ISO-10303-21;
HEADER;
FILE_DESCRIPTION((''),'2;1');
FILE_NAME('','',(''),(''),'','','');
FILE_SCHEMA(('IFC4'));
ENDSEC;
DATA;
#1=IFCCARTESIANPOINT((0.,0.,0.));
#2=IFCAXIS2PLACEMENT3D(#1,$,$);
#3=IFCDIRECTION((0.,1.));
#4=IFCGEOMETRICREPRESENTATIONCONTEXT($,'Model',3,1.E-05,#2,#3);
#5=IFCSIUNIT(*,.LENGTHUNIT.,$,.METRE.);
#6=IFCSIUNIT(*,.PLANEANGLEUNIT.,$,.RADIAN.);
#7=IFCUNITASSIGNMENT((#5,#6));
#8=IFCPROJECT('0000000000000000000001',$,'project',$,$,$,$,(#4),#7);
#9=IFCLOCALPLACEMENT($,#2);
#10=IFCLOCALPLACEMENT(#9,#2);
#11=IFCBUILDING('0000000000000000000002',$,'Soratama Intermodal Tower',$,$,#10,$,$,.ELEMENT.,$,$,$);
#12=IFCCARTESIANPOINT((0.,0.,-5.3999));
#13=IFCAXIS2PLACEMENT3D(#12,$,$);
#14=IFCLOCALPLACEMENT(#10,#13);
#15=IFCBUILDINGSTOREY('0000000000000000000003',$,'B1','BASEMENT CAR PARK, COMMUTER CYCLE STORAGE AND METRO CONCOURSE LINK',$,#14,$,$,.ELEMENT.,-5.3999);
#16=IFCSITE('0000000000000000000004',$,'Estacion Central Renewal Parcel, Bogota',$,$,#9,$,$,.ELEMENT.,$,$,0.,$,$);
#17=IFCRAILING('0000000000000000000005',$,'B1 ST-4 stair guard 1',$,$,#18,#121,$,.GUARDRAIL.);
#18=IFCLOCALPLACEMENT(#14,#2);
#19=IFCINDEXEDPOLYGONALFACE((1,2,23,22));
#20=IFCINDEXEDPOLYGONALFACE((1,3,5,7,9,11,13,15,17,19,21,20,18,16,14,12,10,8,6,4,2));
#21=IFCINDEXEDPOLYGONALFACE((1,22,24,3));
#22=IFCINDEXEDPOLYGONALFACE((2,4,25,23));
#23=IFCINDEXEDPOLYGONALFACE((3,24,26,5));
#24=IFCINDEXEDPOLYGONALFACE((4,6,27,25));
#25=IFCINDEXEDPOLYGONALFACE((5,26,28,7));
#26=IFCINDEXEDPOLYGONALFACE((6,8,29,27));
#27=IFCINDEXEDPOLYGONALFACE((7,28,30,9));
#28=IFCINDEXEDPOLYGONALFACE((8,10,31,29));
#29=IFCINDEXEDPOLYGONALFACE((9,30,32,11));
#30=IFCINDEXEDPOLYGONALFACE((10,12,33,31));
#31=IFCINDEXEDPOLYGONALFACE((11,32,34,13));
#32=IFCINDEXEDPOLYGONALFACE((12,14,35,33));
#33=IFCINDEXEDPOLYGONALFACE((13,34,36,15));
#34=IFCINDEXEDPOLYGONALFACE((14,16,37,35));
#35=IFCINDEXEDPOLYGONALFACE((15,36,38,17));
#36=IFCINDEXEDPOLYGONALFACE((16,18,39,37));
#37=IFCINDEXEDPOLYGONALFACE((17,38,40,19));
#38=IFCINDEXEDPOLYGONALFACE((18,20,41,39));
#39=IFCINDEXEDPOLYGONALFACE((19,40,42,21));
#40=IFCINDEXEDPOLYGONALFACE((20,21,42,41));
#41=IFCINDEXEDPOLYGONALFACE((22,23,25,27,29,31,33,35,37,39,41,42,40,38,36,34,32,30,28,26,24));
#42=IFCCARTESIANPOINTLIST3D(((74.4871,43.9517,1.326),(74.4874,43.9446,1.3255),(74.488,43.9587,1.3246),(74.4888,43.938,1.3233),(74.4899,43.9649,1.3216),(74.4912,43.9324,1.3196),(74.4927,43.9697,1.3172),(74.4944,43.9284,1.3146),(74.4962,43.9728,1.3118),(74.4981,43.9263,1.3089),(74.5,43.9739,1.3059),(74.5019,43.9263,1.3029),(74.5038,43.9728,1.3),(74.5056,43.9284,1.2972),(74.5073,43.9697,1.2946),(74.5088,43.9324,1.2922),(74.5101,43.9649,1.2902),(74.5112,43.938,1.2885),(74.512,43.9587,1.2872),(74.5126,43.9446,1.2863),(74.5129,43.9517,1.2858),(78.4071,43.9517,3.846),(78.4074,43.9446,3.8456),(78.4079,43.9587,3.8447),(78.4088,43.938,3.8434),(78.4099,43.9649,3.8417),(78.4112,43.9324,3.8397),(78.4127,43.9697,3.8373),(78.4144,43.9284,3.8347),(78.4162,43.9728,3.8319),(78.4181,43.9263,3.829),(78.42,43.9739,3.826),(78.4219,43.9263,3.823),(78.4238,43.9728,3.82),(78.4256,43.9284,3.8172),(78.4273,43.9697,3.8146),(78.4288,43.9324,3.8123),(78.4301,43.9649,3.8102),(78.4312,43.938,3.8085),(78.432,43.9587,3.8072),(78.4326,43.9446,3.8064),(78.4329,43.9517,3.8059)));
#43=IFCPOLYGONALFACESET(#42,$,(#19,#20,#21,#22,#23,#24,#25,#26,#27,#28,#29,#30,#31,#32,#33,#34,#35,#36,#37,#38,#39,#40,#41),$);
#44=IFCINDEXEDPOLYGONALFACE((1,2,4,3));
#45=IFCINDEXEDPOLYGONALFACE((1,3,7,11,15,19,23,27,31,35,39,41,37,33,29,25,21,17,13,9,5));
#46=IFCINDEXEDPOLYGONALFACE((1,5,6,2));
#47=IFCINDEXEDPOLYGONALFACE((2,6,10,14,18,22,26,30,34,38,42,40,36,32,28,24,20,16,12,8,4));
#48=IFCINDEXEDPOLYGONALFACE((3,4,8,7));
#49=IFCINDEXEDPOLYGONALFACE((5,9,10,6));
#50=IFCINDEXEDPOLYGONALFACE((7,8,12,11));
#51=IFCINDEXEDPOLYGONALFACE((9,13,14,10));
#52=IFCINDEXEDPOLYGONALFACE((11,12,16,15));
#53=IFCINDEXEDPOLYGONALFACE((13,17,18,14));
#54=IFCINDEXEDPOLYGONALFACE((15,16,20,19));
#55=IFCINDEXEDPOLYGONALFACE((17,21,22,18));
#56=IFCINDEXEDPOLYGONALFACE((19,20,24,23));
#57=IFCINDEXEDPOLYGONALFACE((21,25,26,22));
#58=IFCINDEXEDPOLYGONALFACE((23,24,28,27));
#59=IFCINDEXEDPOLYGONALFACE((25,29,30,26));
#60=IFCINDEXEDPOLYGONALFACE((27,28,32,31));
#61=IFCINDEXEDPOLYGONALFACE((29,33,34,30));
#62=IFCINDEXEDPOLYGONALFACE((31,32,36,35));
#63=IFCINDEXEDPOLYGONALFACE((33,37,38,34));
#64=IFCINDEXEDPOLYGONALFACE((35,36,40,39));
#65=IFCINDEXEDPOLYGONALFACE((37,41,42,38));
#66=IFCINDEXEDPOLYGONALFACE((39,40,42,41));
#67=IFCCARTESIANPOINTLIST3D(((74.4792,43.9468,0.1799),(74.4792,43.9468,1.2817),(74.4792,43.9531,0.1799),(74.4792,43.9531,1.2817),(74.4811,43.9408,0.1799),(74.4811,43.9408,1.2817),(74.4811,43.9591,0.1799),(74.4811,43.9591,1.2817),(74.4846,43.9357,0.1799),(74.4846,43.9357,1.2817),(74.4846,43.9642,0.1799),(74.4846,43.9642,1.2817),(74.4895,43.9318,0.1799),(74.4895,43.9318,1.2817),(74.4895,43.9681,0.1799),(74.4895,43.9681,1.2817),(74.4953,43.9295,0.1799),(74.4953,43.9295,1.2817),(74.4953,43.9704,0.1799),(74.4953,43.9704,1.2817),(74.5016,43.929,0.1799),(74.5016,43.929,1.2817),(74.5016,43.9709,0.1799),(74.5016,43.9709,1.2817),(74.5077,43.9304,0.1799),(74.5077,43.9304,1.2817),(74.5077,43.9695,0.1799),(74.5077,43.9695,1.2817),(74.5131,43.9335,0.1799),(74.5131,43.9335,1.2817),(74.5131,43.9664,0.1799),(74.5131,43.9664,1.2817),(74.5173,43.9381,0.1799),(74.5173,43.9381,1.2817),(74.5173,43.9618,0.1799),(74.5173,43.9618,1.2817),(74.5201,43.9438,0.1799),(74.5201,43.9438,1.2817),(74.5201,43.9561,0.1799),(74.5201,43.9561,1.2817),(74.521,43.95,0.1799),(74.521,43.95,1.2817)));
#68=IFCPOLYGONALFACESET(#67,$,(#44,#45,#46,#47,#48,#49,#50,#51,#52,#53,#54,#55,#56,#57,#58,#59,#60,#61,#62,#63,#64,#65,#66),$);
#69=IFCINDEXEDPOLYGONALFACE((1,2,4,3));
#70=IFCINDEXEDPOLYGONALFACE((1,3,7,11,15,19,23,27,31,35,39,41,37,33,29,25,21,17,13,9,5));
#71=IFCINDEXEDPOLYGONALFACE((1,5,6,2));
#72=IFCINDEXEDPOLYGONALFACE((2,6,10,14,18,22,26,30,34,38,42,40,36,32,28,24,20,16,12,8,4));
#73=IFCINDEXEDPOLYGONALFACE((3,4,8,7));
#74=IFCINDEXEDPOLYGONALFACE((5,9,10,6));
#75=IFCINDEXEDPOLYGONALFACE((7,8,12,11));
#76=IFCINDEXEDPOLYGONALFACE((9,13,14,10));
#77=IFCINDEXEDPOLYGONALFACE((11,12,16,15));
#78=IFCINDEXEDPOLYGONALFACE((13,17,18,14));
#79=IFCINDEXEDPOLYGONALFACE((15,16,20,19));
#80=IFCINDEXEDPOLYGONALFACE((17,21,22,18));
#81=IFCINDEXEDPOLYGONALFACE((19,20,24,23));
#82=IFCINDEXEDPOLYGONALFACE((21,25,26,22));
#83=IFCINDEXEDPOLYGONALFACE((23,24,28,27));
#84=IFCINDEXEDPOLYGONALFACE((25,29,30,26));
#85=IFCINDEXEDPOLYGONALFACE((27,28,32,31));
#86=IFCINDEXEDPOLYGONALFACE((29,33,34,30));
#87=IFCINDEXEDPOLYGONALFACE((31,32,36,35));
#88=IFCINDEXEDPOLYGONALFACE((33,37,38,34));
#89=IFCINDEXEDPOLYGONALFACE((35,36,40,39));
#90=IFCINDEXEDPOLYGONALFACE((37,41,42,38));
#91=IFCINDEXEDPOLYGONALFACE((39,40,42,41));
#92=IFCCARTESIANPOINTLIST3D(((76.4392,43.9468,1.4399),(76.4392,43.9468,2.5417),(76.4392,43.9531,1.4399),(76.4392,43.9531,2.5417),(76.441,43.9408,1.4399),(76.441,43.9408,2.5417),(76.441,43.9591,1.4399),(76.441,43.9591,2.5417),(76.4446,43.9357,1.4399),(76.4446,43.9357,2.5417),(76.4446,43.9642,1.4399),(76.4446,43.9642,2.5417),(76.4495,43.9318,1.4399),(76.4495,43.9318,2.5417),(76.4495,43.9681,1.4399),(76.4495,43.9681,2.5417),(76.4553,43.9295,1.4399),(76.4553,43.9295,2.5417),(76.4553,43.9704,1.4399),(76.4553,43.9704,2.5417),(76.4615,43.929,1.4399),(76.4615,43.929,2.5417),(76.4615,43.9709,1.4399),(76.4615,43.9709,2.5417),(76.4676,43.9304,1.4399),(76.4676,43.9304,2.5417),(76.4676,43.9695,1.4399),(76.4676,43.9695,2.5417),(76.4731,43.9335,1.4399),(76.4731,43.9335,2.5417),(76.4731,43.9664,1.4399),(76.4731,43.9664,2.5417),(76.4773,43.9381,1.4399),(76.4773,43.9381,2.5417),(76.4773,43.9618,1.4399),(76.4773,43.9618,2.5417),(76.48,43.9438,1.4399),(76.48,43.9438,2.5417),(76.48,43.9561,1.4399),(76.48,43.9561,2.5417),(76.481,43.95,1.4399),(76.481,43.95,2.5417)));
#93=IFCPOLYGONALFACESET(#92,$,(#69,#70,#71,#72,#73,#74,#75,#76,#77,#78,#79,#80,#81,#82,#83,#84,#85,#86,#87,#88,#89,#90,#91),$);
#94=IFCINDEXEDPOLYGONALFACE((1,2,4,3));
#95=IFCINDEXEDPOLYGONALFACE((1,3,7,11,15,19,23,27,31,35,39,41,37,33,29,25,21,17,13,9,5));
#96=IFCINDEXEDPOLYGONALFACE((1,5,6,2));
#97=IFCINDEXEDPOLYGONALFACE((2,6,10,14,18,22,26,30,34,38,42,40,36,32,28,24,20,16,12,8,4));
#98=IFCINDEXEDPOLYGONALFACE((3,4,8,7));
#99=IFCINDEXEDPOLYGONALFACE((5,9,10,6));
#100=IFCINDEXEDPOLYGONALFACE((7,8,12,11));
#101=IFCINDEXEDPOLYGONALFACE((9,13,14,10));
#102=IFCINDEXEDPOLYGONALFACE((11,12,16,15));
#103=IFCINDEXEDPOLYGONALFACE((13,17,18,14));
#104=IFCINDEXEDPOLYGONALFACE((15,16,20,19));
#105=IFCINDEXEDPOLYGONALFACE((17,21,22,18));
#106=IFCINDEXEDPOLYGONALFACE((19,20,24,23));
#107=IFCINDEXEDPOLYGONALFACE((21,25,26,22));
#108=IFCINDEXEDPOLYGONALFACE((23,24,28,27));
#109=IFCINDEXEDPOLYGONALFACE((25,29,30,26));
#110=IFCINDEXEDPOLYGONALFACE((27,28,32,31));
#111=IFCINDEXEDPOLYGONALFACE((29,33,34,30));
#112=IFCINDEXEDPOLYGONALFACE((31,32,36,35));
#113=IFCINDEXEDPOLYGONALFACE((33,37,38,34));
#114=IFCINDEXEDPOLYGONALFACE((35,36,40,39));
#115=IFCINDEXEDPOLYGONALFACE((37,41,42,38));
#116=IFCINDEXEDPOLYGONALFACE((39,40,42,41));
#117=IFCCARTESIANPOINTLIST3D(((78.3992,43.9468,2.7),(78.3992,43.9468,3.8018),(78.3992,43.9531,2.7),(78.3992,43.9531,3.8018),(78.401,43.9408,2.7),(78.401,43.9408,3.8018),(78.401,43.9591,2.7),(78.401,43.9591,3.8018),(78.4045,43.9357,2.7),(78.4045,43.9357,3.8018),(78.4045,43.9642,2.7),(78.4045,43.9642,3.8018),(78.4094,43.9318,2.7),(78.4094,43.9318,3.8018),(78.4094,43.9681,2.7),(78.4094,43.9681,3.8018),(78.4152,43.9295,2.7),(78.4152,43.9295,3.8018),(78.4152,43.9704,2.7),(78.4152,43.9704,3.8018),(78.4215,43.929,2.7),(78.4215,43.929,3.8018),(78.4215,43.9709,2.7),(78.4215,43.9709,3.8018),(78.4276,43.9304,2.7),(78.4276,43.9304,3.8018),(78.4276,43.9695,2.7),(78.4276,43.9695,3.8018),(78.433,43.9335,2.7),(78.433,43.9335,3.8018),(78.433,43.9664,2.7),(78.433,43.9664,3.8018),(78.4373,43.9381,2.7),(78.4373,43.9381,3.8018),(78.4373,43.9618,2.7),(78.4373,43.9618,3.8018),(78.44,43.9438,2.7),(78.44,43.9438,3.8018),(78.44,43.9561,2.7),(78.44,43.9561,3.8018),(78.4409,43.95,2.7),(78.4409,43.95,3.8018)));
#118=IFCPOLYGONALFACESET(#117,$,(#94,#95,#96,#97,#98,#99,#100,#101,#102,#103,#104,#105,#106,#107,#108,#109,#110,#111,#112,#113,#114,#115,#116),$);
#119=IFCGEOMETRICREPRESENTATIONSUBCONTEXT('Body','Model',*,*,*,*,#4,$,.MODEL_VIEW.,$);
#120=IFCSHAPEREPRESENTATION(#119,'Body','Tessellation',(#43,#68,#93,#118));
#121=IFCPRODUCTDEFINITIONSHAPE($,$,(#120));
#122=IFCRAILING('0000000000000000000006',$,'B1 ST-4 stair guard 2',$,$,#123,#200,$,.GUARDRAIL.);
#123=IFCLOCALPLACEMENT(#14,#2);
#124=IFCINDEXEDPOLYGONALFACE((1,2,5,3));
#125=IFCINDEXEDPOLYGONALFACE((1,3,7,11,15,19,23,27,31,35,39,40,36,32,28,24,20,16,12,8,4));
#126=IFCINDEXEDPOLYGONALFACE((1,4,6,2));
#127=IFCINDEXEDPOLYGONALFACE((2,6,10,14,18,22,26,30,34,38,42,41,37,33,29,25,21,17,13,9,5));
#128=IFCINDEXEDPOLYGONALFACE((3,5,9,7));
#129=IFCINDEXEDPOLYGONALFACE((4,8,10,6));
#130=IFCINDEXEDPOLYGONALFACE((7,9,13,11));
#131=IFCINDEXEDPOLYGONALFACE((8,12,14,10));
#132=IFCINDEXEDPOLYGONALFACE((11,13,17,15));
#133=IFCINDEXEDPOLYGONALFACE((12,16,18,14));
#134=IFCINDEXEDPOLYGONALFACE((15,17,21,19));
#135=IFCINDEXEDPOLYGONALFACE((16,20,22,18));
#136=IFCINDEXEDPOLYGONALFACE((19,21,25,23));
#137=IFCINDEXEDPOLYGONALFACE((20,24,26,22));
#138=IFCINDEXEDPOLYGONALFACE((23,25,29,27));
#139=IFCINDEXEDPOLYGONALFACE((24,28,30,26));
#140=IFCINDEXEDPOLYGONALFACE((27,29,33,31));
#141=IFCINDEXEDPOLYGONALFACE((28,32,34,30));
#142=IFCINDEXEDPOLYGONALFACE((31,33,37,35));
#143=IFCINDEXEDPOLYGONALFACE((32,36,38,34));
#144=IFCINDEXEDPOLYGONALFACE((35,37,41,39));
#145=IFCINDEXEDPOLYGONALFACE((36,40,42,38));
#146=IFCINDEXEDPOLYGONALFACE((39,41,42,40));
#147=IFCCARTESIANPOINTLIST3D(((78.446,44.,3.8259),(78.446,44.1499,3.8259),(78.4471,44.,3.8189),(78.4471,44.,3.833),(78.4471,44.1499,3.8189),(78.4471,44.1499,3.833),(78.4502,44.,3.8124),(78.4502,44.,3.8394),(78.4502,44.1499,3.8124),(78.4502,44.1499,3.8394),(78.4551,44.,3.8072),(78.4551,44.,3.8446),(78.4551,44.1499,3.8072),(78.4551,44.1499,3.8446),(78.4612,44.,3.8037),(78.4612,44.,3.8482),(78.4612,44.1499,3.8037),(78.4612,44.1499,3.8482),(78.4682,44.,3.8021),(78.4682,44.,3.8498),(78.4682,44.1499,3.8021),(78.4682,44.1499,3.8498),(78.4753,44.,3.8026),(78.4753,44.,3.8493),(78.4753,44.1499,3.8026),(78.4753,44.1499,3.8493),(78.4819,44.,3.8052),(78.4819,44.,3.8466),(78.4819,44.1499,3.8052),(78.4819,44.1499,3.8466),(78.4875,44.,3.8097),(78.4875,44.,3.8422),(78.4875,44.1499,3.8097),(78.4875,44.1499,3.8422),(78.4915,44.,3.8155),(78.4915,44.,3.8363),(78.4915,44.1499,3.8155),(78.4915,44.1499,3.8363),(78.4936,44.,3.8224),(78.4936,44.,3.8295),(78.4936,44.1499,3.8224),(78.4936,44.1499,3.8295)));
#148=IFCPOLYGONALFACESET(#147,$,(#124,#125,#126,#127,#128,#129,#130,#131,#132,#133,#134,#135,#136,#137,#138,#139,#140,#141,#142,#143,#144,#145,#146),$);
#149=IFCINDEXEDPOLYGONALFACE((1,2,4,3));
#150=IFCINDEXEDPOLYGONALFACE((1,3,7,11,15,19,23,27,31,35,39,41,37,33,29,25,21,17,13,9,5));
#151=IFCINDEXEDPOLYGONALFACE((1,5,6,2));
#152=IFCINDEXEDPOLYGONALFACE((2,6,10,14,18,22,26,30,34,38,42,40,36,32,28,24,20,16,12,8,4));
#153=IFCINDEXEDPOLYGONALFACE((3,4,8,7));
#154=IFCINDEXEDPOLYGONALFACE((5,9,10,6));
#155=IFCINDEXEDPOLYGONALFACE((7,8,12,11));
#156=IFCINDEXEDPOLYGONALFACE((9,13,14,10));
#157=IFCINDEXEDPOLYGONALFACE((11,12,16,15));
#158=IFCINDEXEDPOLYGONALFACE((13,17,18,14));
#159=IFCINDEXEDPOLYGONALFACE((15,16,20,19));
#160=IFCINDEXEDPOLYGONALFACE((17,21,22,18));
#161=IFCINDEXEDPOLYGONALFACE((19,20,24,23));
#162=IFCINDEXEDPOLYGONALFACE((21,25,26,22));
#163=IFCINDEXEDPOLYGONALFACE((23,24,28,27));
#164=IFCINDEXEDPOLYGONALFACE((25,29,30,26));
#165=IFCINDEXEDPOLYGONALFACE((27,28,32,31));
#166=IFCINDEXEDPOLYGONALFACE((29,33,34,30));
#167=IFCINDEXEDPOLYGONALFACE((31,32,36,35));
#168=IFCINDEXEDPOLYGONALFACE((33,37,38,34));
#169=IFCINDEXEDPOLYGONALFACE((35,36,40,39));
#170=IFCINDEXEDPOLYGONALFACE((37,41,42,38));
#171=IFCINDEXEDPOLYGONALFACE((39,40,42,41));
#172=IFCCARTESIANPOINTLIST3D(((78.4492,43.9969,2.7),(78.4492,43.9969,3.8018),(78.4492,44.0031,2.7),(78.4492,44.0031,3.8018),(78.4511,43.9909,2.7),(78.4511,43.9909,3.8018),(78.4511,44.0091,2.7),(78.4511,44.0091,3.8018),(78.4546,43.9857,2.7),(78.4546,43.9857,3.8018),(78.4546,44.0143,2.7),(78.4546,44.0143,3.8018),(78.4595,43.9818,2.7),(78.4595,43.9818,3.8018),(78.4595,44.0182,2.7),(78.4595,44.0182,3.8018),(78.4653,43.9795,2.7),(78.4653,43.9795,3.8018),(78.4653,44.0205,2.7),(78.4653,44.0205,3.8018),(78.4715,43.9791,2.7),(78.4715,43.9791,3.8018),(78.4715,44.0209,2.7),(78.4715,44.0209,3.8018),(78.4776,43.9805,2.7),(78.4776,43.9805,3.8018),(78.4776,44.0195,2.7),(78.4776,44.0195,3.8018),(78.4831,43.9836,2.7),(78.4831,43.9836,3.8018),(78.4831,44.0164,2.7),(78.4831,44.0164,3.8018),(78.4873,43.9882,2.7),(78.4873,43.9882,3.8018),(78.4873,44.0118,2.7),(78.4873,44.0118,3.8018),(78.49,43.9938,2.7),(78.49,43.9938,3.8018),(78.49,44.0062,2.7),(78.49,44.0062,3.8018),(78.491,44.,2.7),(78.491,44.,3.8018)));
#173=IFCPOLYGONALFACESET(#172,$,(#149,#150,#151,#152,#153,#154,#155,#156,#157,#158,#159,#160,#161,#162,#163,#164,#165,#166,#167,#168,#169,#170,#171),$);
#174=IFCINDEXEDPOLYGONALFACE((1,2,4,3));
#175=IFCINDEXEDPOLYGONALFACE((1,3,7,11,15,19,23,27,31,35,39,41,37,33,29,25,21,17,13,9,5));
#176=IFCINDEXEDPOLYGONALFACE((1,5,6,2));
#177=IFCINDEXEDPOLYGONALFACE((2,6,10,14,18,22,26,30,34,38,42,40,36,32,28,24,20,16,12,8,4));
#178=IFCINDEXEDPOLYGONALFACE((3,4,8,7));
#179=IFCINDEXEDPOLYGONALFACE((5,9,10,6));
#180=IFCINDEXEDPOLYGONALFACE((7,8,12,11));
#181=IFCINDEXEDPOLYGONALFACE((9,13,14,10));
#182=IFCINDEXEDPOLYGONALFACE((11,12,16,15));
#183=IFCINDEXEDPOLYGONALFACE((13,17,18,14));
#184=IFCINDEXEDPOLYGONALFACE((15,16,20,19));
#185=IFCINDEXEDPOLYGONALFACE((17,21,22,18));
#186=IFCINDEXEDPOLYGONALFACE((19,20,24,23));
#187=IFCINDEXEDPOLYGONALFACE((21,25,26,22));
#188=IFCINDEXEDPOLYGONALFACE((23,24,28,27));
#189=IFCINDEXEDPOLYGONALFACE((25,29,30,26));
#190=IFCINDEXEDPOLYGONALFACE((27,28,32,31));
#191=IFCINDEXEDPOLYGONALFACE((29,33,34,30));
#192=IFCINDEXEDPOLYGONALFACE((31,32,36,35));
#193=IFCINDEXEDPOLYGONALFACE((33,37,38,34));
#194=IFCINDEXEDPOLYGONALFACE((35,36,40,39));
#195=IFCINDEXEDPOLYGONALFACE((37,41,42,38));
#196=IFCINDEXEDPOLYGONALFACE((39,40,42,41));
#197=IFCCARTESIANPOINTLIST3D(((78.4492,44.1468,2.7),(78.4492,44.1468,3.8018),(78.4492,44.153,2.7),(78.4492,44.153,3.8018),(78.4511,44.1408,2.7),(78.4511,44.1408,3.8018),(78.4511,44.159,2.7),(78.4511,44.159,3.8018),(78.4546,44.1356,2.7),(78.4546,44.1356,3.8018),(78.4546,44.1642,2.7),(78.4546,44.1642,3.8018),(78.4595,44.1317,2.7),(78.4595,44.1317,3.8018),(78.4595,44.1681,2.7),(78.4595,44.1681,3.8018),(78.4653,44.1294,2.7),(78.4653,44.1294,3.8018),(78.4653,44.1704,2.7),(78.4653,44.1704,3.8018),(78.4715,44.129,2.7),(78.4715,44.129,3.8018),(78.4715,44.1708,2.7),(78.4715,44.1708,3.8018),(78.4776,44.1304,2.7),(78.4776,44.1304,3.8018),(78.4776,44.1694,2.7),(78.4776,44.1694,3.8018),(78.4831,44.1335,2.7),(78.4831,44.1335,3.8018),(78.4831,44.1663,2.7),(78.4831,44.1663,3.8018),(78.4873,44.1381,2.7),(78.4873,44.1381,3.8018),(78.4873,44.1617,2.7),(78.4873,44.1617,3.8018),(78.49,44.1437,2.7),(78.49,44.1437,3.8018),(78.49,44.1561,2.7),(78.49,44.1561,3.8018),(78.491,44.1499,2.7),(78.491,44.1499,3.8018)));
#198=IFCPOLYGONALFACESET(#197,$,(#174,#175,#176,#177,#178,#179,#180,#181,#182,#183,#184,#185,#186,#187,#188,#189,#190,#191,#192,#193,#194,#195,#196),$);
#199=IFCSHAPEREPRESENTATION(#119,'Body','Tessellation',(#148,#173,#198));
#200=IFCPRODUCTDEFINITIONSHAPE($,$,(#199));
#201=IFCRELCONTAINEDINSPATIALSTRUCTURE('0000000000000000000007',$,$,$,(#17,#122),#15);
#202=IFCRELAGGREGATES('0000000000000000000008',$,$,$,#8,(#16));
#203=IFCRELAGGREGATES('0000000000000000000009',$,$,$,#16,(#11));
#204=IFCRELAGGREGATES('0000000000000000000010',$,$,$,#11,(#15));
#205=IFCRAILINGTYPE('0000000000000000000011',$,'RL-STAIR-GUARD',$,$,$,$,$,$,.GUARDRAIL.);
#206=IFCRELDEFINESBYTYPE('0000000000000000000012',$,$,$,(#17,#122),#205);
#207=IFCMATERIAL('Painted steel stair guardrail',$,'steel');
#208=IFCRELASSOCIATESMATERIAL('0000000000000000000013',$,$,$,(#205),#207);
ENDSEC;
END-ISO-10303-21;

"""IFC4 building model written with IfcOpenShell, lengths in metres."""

from ifc_helpers import new_model, si_unit, direction, frame, origin, origin_2d, place, context, subcontext, project, spatial, circle, extrude, material, type_object, element, save


model = new_model("IFC4")

# Units and contexts
model_context = context("Model", 3, precision=1e-05, world=origin(), true_north=direction((0.0, 1.0)))
body_context = subcontext(model_context, "Body", "Model", "MODEL_VIEW")
ifc_project = project(units=[si_unit("LENGTHUNIT", "METRE"), si_unit("PLANEANGLEUNIT", "RADIAN")], contexts=[model_context])

# Site, building, storey
site_placement = place(None, origin())
site = spatial("IfcSite", under=ifc_project, at=site_placement, Name="Estacion Central Renewal Parcel, Bogota", CompositionType="ELEMENT", RefElevation=0.0)
building_placement = place(site_placement, origin())
building = spatial("IfcBuilding", under=site, at=building_placement, Name="Soratama Intermodal Tower", CompositionType="ELEMENT")
storey_placement = place(building_placement, frame((0.0, 0.0, -5.3999)))
storey = spatial("IfcBuildingStorey", under=building, at=storey_placement, Name="B1", Description="BASEMENT CAR PARK, COMMUTER CYCLE STORAGE AND METRO CONCOURSE LINK", CompositionType="ELEMENT", Elevation=-5.3999)

# Railings
ifc_material_1 = material(Name="Painted steel stair guardrail", Category="steel")
railing_type_1 = type_object("IfcRailingType", Name="RL-STAIR-GUARD", PredefinedType="GUARDRAIL", material=ifc_material_1)
railing_1_placement = place(storey_placement, frame((74.5, 43.95, 0.1799)))
element("IfcRailing", 1, at=railing_1_placement, inside=storey, type_object=railing_type_1, Name="B1 ST-4 stair guard 1", PredefinedType="GUARDRAIL", context=body_context, shape_type="SweptSolid", body=[
    extrude(circle(Radius=0.0239, at=origin_2d()), frame((0.0, 0.0, 1.126), z_axis=(0.841172, 0.0, 0.540768), x_axis=(0.0, 1.0, 0.0)), (0.0, 0.0, 1.0), 4.6602),
    extrude(circle(Radius=0.021, at=origin_2d()), origin(), (0.0, 0.0, 1.0), 1.1018),
    extrude(circle(Radius=0.021, at=origin_2d()), frame((1.96, 0.0, 1.26)), (0.0, 0.0, 1.0), 1.1018),
    extrude(circle(Radius=0.021, at=origin_2d()), frame((3.9199, 0.0, 2.52)), (0.0, 0.0, 1.0), 1.1018),
])
railing_2_placement = place(storey_placement, frame((78.47, 44.0, 2.7)))
element("IfcRailing", 2, at=railing_2_placement, inside=storey, type_object=railing_type_1, Name="B1 ST-4 stair guard 2", PredefinedType="GUARDRAIL", context=body_context, shape_type="SweptSolid", body=[
    extrude(circle(Radius=0.0239, at=origin_2d()), frame((0.0, 0.0, 1.126), z_axis=(0.0, 1.0, 0.0), x_axis=(-1.0, 0.0, 0.0)), (0.0, 0.0, 1.0), 0.1499),
    extrude(circle(Radius=0.021, at=origin_2d()), origin(), (0.0, 0.0, 1.0), 1.1018),
    extrude(circle(Radius=0.021, at=origin_2d()), frame((0.0, 0.1499, 0.0)), (0.0, 0.0, 1.0), 1.1018),
])

save(model, "model.ifc")
